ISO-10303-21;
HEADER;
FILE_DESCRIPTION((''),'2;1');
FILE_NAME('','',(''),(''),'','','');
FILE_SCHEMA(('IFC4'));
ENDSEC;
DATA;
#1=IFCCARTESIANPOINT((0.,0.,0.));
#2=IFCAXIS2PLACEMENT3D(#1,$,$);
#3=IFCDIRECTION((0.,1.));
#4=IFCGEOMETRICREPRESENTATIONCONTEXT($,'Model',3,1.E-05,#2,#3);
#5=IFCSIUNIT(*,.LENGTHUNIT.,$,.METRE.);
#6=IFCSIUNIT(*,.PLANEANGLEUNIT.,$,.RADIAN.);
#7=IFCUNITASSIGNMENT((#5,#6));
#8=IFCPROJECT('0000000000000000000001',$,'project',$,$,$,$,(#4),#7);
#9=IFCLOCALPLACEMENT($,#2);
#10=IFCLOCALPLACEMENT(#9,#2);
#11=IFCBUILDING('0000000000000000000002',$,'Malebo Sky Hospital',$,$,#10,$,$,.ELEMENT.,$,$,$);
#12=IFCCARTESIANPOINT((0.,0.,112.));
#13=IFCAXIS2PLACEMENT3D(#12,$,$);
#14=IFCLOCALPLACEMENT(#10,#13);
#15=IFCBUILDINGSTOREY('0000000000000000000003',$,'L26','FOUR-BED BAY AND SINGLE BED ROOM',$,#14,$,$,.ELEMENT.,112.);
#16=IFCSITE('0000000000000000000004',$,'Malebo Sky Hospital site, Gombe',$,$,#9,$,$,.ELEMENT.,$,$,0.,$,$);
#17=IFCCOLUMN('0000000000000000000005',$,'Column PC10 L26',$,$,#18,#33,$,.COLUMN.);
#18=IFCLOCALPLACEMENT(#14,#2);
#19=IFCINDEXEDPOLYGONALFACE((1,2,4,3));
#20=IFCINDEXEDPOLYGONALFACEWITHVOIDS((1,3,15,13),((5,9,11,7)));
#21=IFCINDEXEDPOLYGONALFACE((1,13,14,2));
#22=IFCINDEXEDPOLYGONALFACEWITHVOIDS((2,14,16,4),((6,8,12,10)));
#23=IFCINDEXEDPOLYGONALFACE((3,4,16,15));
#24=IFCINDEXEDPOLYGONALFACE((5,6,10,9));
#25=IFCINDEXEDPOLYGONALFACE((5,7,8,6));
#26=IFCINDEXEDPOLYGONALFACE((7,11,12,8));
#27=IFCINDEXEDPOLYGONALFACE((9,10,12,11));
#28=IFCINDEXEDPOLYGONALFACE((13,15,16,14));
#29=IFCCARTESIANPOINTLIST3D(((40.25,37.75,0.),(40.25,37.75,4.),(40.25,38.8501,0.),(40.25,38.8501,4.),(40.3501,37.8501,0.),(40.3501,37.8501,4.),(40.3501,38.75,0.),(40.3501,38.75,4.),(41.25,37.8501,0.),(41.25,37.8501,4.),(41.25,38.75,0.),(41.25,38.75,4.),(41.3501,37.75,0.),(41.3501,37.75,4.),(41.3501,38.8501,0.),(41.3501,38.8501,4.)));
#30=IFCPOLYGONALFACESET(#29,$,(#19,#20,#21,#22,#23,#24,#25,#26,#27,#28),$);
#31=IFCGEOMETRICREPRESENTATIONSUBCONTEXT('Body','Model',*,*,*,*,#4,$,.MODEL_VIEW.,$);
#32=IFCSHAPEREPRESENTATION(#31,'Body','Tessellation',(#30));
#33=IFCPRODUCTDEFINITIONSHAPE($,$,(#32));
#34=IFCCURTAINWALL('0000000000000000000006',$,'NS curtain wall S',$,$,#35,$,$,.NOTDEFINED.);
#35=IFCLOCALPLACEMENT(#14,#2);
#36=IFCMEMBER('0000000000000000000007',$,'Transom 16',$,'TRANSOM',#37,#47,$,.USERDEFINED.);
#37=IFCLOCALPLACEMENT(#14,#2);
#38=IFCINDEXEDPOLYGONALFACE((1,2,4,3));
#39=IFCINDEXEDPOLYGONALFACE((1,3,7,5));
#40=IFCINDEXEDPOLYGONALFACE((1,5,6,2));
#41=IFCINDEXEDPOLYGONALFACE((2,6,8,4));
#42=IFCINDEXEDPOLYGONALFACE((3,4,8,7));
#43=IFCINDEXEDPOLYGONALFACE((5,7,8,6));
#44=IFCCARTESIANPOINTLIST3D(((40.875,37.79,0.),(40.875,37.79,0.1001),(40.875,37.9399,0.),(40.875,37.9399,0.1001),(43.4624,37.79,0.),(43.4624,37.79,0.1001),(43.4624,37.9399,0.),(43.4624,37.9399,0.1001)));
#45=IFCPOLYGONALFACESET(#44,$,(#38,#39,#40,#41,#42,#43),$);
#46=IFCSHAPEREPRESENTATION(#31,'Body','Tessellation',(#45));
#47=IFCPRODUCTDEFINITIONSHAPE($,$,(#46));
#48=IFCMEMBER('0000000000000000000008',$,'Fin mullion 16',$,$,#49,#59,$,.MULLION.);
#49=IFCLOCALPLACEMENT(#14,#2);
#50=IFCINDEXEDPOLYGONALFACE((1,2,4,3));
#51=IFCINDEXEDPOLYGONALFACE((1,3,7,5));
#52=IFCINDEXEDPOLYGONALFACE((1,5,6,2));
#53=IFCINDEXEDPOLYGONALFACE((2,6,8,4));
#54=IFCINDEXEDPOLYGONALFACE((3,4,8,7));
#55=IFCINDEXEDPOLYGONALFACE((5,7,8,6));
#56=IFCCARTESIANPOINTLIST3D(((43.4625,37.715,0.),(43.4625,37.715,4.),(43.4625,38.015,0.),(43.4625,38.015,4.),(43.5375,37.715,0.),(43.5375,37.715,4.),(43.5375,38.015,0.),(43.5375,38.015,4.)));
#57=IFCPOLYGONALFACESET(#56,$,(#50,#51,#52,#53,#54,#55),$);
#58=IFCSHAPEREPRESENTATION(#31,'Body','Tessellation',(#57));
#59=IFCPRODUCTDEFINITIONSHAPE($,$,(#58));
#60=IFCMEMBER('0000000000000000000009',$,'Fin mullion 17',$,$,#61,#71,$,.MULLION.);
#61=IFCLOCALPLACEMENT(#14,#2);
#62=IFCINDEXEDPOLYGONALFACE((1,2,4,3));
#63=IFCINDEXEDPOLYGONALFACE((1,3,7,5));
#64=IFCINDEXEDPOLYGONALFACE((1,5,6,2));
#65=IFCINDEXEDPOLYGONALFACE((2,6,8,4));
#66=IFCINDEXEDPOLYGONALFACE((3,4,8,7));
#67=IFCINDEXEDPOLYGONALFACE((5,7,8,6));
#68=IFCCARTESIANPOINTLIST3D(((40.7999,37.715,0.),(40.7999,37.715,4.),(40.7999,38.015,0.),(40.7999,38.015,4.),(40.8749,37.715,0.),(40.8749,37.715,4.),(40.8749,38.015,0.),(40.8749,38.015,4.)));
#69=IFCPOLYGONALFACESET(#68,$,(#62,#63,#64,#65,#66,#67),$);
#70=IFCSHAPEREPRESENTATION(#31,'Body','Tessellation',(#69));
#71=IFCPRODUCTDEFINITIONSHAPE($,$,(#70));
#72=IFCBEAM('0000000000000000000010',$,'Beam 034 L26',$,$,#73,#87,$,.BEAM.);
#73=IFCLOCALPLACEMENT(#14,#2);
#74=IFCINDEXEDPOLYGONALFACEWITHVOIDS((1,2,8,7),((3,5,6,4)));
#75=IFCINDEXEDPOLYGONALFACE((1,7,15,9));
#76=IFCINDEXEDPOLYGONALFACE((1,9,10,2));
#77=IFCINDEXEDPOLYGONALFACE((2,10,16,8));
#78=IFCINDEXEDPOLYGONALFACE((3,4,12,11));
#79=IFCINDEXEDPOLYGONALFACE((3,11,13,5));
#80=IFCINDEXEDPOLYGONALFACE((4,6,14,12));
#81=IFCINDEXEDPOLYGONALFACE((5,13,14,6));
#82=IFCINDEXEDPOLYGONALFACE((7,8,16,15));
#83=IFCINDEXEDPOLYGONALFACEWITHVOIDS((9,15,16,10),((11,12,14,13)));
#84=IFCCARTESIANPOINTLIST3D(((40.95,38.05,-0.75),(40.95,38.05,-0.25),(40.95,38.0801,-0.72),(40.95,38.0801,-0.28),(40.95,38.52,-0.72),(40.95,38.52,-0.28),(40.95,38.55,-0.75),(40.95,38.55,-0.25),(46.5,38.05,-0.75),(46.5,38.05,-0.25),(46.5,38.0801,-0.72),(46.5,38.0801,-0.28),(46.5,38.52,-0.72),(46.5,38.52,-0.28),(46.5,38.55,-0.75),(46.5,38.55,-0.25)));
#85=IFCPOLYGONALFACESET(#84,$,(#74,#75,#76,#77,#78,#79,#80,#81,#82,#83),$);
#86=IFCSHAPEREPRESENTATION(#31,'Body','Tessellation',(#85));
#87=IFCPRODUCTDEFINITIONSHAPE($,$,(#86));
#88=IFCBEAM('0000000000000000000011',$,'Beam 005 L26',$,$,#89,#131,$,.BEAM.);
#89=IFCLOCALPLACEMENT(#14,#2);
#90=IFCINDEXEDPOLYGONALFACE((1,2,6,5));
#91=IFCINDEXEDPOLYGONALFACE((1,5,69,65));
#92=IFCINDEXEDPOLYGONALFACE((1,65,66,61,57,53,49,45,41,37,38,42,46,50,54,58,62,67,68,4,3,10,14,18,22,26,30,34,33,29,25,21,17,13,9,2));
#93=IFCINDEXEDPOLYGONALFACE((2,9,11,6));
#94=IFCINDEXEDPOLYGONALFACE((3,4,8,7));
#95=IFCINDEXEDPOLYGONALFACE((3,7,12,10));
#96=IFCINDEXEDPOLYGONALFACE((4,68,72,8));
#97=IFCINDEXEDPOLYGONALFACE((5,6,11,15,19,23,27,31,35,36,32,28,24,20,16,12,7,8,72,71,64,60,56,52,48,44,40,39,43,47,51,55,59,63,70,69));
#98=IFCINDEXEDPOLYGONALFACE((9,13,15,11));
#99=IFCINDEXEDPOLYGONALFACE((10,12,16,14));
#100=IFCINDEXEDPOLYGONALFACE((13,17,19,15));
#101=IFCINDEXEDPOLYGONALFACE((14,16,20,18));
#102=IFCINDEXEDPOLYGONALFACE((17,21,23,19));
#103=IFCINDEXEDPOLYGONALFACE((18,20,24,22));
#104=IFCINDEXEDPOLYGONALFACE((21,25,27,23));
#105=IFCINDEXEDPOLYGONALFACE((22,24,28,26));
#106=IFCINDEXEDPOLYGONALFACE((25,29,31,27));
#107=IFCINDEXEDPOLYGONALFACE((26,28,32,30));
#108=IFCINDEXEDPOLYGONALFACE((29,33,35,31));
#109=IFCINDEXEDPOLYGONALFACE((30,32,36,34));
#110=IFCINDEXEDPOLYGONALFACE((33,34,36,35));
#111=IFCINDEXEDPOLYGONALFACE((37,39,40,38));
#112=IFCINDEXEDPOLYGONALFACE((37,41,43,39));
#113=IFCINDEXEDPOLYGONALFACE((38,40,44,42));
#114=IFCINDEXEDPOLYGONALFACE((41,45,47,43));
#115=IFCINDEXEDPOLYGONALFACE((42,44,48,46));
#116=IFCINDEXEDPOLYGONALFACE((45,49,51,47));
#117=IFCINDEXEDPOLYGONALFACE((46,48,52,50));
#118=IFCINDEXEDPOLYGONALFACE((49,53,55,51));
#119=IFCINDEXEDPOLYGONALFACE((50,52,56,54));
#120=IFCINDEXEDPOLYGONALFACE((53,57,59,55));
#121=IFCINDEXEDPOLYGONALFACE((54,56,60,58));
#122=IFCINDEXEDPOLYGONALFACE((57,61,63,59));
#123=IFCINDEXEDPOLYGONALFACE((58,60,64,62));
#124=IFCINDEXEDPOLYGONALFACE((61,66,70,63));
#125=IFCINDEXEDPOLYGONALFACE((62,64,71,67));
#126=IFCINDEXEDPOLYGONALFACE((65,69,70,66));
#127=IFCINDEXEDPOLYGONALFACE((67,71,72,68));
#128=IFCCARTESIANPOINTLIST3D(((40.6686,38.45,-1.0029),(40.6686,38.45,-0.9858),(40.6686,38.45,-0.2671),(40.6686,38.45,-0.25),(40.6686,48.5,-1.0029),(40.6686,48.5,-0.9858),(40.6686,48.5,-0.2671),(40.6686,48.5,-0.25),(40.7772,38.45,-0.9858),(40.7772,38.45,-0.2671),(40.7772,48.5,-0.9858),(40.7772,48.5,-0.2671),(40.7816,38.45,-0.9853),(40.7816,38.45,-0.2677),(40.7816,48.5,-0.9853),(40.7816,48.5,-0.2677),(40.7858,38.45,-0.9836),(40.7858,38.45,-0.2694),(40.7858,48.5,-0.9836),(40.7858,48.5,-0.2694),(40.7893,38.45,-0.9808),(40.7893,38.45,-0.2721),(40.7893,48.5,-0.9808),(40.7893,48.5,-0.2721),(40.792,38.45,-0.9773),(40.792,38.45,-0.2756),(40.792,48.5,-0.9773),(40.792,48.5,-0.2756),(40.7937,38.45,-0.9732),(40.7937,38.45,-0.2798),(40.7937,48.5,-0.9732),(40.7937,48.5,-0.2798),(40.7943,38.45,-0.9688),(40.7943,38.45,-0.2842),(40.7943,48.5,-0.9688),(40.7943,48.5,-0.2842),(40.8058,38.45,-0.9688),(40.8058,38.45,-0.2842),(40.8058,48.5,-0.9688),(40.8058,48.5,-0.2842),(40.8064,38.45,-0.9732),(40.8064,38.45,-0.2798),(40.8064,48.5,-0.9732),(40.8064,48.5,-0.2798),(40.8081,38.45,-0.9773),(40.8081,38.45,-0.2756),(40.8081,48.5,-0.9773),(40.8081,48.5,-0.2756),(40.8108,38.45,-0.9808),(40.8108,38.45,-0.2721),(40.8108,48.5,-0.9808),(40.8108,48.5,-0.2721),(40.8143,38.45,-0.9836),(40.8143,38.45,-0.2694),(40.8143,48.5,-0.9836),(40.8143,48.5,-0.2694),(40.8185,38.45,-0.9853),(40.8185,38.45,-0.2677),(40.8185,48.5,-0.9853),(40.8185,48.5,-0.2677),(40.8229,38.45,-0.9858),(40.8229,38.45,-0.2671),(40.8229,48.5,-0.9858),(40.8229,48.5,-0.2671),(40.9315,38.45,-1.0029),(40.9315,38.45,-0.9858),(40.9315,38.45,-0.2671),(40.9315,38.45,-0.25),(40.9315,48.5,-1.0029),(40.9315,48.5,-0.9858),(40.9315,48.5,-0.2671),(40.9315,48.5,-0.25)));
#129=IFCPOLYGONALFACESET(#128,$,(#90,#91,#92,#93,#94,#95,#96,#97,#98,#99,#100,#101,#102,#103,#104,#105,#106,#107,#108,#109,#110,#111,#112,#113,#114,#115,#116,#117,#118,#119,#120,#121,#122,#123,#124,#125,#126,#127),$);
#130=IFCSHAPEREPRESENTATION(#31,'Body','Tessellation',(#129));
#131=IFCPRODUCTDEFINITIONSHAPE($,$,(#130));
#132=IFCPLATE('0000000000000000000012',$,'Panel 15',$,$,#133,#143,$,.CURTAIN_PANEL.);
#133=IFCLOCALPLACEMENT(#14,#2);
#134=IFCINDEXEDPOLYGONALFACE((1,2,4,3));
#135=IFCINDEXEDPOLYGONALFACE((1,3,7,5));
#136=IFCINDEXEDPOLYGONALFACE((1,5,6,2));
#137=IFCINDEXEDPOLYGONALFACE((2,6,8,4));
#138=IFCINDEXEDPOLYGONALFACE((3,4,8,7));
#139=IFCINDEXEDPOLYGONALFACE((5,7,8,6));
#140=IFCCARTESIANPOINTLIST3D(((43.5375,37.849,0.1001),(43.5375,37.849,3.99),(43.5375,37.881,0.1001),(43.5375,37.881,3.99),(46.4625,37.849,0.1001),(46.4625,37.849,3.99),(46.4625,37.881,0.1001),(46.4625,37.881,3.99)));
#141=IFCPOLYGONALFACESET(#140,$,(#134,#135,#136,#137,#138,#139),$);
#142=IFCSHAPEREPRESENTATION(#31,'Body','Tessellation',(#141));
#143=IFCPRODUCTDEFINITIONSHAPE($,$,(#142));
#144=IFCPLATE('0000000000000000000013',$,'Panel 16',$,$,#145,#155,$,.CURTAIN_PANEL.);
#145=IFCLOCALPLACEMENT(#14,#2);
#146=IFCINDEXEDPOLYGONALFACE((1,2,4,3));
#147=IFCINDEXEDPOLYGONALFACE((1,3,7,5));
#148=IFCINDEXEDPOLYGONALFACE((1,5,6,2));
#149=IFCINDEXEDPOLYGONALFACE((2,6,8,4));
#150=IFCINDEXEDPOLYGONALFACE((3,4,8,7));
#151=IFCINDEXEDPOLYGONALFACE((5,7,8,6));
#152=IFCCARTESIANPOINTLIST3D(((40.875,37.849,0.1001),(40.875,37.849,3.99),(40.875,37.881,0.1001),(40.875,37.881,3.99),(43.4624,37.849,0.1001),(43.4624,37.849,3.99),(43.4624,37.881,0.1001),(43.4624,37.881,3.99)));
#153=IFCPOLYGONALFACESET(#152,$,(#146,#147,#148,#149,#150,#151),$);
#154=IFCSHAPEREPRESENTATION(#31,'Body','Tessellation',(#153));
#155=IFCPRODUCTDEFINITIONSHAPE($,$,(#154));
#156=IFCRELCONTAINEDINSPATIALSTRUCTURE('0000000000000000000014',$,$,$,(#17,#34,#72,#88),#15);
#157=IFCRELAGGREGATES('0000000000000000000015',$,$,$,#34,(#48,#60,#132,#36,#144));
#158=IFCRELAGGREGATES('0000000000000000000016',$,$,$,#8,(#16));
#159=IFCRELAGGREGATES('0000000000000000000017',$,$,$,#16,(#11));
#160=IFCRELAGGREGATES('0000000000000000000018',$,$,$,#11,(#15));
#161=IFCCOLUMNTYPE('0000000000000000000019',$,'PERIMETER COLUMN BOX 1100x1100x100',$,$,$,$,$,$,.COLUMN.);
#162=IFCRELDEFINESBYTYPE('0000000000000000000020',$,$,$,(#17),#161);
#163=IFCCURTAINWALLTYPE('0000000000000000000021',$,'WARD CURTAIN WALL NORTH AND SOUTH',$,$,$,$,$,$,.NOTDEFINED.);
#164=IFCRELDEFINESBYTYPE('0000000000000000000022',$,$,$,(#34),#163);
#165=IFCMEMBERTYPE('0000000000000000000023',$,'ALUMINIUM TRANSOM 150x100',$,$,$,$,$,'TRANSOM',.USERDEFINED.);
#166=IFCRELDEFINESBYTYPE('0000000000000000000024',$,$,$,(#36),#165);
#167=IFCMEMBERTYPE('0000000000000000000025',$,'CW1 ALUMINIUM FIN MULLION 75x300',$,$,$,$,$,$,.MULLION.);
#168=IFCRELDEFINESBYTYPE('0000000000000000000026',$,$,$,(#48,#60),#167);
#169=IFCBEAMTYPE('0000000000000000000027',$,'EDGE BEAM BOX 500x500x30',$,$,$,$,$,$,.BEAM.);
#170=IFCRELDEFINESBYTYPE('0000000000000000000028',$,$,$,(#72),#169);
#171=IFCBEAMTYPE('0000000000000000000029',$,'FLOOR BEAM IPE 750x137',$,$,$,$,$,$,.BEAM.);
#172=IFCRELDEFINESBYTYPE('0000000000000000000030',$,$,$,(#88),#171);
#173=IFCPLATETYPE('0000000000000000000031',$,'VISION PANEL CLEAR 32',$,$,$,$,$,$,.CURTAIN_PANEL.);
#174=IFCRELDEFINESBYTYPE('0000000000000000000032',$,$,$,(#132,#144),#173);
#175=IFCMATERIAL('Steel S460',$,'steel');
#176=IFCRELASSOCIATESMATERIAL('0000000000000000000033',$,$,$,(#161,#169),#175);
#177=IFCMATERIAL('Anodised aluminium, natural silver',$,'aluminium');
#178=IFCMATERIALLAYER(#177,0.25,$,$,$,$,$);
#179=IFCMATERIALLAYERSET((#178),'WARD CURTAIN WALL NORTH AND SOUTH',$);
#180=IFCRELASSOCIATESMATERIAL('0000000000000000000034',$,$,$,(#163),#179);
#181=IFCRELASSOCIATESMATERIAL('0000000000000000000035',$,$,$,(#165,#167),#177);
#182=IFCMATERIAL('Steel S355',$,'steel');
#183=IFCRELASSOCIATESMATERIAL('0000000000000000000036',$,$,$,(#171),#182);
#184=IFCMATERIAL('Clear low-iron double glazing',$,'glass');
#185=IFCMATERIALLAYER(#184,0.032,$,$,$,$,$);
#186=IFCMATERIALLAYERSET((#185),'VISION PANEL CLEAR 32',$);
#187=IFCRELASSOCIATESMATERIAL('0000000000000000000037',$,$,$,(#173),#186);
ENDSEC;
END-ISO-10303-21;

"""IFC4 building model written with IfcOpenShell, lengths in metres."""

from ifc_helpers import new_model, si_unit, direction, frame, origin, origin_2d, place, context, subcontext, project, spatial, rectangle, hollow_rectangle, i_section, extrude, material, layer, layer_set, material_profile, profile_set, type_object, element, aggregate, save


model = new_model("IFC4")

# Units and contexts
model_context = context("Model", 3, precision=1e-05, world=origin(), true_north=direction((0.0, 1.0)))
body_context = subcontext(model_context, "Body", "Model", "MODEL_VIEW")
ifc_project = project(units=[si_unit("LENGTHUNIT", "METRE"), si_unit("PLANEANGLEUNIT", "RADIAN")], contexts=[model_context])

# Site, building, storey
site_placement = place(None, origin())
site = spatial("IfcSite", under=ifc_project, at=site_placement, Name="Malebo Sky Hospital site, Gombe", CompositionType="ELEMENT", RefElevation=0.0)
building_placement = place(site_placement, origin())
building = spatial("IfcBuilding", under=site, at=building_placement, Name="Malebo Sky Hospital", CompositionType="ELEMENT")
storey_placement = place(building_placement, frame((0.0, 0.0, 112.0)))
storey = spatial("IfcBuildingStorey", under=building, at=storey_placement, Name="L26", Description="FOUR-BED BAY AND SINGLE BED ROOM", CompositionType="ELEMENT", Elevation=112.0)

# Column
ifc_material_1 = material(Name="Steel S460", Category="steel")
ifc_material_profile_1 = material_profile(ifc_material_1, hollow_rectangle(XDim=1.1001, YDim=1.1001, WallThickness=0.1001, at=origin_2d()), Name="BOX 1100x1100x100")
ifc_profile_set_1 = profile_set([ifc_material_profile_1], Name="Steel S460")
column_type = type_object("IfcColumnType", Name="PERIMETER COLUMN BOX 1100x1100x100", PredefinedType="COLUMN", material=ifc_profile_set_1)
column_placement = place(storey_placement, frame((40.8, 38.3, 0.0), z_axis=(0.0, 0.0, 1.0), x_axis=(1.0, 0.0, 0.0)))
element("IfcColumn", 1, at=column_placement, inside=storey, type_object=column_type, Name="Column PC10 L26", PredefinedType="COLUMN", context=body_context, shape_type="SweptSolid", body=[
    extrude(hollow_rectangle(XDim=1.1001, YDim=1.1001, WallThickness=0.1001, at=origin_2d()), origin(), (0.0, 0.0, 1.0), 4.0),
])

# Curtain wall, members
ifc_material_2 = material(Name="Anodised aluminium, natural silver", Category="aluminium")
ifc_layer_1 = layer(ifc_material_2, 0.25)
ifc_layer_set_1 = layer_set([ifc_layer_1], Name="WARD CURTAIN WALL NORTH AND SOUTH")
curtain_wall_type = type_object("IfcCurtainWallType", Name="WARD CURTAIN WALL NORTH AND SOUTH", PredefinedType="NOTDEFINED", material=ifc_layer_set_1)
curtain_wall_placement = place(storey_placement, origin())
curtain_wall = element("IfcCurtainWall", 2, at=curtain_wall_placement, inside=storey, type_object=curtain_wall_type, Name="NS curtain wall S", PredefinedType="NOTDEFINED")
ifc_material_profile_2 = material_profile(ifc_material_2, rectangle(XDim=0.1499, YDim=0.1001, at=origin_2d()), Name="ALUMINIUM TRANSOM 150x100")
ifc_profile_set_2 = profile_set([ifc_material_profile_2], Name="Anodised aluminium, natural silver")
member_type_1 = type_object("IfcMemberType", Name="ALUMINIUM TRANSOM 150x100", ElementType="TRANSOM", PredefinedType="USERDEFINED", material=ifc_profile_set_2)
member_1_placement = place(storey_placement, frame((43.4624, 37.865, 0.05), z_axis=(-1.0, 0.0, 0.0), x_axis=(0.0, -1.0, 0.0)))
member_1 = element("IfcMember", 3, at=member_1_placement, type_object=member_type_1, Name="Transom 16", ObjectType="TRANSOM", PredefinedType="USERDEFINED", context=body_context, shape_type="SweptSolid", body=[
    extrude(rectangle(XDim=0.1499, YDim=0.1001, at=origin_2d()), origin(), (0.0, 0.0, 1.0), 2.5874),
])
ifc_material_profile_3 = material_profile(ifc_material_2, rectangle(XDim=0.075, YDim=0.3, at=origin_2d()), Name="CW1 ALUMINIUM FIN MULLION 75x300")
ifc_profile_set_3 = profile_set([ifc_material_profile_3], Name="Anodised aluminium, natural silver")
member_type_2 = type_object("IfcMemberType", Name="CW1 ALUMINIUM FIN MULLION 75x300", PredefinedType="MULLION", material=ifc_profile_set_3)
member_2_placement = place(storey_placement, frame((43.5, 37.865, 0.0), z_axis=(0.0, 0.0, 1.0), x_axis=(-1.0, 0.0, 0.0)))
member_2 = element("IfcMember", 4, at=member_2_placement, type_object=member_type_2, Name="Fin mullion 16", PredefinedType="MULLION", context=body_context, shape_type="SweptSolid", body=[
    extrude(rectangle(XDim=0.075, YDim=0.3, at=origin_2d()), origin(), (0.0, 0.0, 1.0), 4.0),
])
member_3_placement = place(storey_placement, frame((40.8374, 37.865, 0.0), z_axis=(0.0, 0.0, 1.0), x_axis=(-1.0, 0.0, 0.0)))
member_3 = element("IfcMember", 5, at=member_3_placement, type_object=member_type_2, Name="Fin mullion 17", PredefinedType="MULLION", context=body_context, shape_type="SweptSolid", body=[
    extrude(rectangle(XDim=0.075, YDim=0.3, at=origin_2d()), origin(), (0.0, 0.0, 1.0), 4.0),
])

# Beams
ifc_material_profile_4 = material_profile(ifc_material_1, hollow_rectangle(XDim=0.5, YDim=0.5, WallThickness=0.03, at=origin_2d()), Name="BOX 500x500x30")
ifc_profile_set_4 = profile_set([ifc_material_profile_4], Name="Steel S460")
beam_type_1 = type_object("IfcBeamType", Name="EDGE BEAM BOX 500x500x30", PredefinedType="BEAM", material=ifc_profile_set_4)
beam_1_placement = place(storey_placement, frame((40.95, 38.3, -0.5), z_axis=(1.0, 0.0, 0.0), x_axis=(0.0, 1.0, 0.0)))
element("IfcBeam", 6, at=beam_1_placement, inside=storey, type_object=beam_type_1, Name="Beam 034 L26", PredefinedType="BEAM", context=body_context, shape_type="SweptSolid", body=[
    extrude(hollow_rectangle(XDim=0.5, YDim=0.5, WallThickness=0.03, at=origin_2d()), origin(), (0.0, 0.0, 1.0), 5.55),
])
ifc_material_3 = material(Name="Steel S355", Category="steel")
ifc_material_profile_5 = material_profile(ifc_material_3, i_section(OverallWidth=0.2629, OverallDepth=0.7529, WebThickness=0.0115, FlangeThickness=0.0171, FilletRadius=0.0171, at=origin_2d()), Name="IPE 750x137")
ifc_profile_set_5 = profile_set([ifc_material_profile_5], Name="Steel S355")
beam_type_2 = type_object("IfcBeamType", Name="FLOOR BEAM IPE 750x137", PredefinedType="BEAM", material=ifc_profile_set_5)
beam_2_placement = place(storey_placement, frame((40.8, 38.45, -0.6265), z_axis=(0.0, 1.0, 0.0), x_axis=(-1.0, 0.0, 0.0)))
element("IfcBeam", 7, at=beam_2_placement, inside=storey, type_object=beam_type_2, Name="Beam 005 L26", PredefinedType="BEAM", context=body_context, shape_type="SweptSolid", body=[
    extrude(i_section(OverallWidth=0.2629, OverallDepth=0.7529, WebThickness=0.0115, FlangeThickness=0.0171, FilletRadius=0.0171, at=origin_2d()), origin(), (0.0, 0.0, 1.0), 10.05),
])

# Plates
ifc_material_4 = material(Name="Clear low-iron double glazing", Category="glass")
ifc_layer_2 = layer(ifc_material_4, 0.032)
ifc_layer_set_2 = layer_set([ifc_layer_2], Name="VISION PANEL CLEAR 32")
plate_type = type_object("IfcPlateType", Name="VISION PANEL CLEAR 32", PredefinedType="CURTAIN_PANEL", material=ifc_layer_set_2)
plate_1_placement = place(storey_placement, frame((45.0, 37.865, 0.1001), z_axis=(0.0, 0.0, 1.0), x_axis=(-1.0, 0.0, 0.0)))
plate_1 = element("IfcPlate", 8, at=plate_1_placement, type_object=plate_type, Name="Panel 15", PredefinedType="CURTAIN_PANEL", context=body_context, shape_type="SweptSolid", body=[
    extrude(rectangle(XDim=2.925, YDim=0.032, at=origin_2d()), origin(), (0.0, 0.0, 1.0), 3.8899),
])
plate_2_placement = place(storey_placement, frame((42.1687, 37.865, 0.1001), z_axis=(0.0, 0.0, 1.0), x_axis=(-1.0, 0.0, 0.0)))
plate_2 = element("IfcPlate", 9, at=plate_2_placement, type_object=plate_type, Name="Panel 16", PredefinedType="CURTAIN_PANEL", context=body_context, shape_type="SweptSolid", body=[
    extrude(rectangle(XDim=2.5874, YDim=0.032, at=origin_2d()), origin(), (0.0, 0.0, 1.0), 3.8899),
])
aggregate(curtain_wall, [member_2, member_3, plate_1, member_1, plate_2])

save(model, "model.ifc")
